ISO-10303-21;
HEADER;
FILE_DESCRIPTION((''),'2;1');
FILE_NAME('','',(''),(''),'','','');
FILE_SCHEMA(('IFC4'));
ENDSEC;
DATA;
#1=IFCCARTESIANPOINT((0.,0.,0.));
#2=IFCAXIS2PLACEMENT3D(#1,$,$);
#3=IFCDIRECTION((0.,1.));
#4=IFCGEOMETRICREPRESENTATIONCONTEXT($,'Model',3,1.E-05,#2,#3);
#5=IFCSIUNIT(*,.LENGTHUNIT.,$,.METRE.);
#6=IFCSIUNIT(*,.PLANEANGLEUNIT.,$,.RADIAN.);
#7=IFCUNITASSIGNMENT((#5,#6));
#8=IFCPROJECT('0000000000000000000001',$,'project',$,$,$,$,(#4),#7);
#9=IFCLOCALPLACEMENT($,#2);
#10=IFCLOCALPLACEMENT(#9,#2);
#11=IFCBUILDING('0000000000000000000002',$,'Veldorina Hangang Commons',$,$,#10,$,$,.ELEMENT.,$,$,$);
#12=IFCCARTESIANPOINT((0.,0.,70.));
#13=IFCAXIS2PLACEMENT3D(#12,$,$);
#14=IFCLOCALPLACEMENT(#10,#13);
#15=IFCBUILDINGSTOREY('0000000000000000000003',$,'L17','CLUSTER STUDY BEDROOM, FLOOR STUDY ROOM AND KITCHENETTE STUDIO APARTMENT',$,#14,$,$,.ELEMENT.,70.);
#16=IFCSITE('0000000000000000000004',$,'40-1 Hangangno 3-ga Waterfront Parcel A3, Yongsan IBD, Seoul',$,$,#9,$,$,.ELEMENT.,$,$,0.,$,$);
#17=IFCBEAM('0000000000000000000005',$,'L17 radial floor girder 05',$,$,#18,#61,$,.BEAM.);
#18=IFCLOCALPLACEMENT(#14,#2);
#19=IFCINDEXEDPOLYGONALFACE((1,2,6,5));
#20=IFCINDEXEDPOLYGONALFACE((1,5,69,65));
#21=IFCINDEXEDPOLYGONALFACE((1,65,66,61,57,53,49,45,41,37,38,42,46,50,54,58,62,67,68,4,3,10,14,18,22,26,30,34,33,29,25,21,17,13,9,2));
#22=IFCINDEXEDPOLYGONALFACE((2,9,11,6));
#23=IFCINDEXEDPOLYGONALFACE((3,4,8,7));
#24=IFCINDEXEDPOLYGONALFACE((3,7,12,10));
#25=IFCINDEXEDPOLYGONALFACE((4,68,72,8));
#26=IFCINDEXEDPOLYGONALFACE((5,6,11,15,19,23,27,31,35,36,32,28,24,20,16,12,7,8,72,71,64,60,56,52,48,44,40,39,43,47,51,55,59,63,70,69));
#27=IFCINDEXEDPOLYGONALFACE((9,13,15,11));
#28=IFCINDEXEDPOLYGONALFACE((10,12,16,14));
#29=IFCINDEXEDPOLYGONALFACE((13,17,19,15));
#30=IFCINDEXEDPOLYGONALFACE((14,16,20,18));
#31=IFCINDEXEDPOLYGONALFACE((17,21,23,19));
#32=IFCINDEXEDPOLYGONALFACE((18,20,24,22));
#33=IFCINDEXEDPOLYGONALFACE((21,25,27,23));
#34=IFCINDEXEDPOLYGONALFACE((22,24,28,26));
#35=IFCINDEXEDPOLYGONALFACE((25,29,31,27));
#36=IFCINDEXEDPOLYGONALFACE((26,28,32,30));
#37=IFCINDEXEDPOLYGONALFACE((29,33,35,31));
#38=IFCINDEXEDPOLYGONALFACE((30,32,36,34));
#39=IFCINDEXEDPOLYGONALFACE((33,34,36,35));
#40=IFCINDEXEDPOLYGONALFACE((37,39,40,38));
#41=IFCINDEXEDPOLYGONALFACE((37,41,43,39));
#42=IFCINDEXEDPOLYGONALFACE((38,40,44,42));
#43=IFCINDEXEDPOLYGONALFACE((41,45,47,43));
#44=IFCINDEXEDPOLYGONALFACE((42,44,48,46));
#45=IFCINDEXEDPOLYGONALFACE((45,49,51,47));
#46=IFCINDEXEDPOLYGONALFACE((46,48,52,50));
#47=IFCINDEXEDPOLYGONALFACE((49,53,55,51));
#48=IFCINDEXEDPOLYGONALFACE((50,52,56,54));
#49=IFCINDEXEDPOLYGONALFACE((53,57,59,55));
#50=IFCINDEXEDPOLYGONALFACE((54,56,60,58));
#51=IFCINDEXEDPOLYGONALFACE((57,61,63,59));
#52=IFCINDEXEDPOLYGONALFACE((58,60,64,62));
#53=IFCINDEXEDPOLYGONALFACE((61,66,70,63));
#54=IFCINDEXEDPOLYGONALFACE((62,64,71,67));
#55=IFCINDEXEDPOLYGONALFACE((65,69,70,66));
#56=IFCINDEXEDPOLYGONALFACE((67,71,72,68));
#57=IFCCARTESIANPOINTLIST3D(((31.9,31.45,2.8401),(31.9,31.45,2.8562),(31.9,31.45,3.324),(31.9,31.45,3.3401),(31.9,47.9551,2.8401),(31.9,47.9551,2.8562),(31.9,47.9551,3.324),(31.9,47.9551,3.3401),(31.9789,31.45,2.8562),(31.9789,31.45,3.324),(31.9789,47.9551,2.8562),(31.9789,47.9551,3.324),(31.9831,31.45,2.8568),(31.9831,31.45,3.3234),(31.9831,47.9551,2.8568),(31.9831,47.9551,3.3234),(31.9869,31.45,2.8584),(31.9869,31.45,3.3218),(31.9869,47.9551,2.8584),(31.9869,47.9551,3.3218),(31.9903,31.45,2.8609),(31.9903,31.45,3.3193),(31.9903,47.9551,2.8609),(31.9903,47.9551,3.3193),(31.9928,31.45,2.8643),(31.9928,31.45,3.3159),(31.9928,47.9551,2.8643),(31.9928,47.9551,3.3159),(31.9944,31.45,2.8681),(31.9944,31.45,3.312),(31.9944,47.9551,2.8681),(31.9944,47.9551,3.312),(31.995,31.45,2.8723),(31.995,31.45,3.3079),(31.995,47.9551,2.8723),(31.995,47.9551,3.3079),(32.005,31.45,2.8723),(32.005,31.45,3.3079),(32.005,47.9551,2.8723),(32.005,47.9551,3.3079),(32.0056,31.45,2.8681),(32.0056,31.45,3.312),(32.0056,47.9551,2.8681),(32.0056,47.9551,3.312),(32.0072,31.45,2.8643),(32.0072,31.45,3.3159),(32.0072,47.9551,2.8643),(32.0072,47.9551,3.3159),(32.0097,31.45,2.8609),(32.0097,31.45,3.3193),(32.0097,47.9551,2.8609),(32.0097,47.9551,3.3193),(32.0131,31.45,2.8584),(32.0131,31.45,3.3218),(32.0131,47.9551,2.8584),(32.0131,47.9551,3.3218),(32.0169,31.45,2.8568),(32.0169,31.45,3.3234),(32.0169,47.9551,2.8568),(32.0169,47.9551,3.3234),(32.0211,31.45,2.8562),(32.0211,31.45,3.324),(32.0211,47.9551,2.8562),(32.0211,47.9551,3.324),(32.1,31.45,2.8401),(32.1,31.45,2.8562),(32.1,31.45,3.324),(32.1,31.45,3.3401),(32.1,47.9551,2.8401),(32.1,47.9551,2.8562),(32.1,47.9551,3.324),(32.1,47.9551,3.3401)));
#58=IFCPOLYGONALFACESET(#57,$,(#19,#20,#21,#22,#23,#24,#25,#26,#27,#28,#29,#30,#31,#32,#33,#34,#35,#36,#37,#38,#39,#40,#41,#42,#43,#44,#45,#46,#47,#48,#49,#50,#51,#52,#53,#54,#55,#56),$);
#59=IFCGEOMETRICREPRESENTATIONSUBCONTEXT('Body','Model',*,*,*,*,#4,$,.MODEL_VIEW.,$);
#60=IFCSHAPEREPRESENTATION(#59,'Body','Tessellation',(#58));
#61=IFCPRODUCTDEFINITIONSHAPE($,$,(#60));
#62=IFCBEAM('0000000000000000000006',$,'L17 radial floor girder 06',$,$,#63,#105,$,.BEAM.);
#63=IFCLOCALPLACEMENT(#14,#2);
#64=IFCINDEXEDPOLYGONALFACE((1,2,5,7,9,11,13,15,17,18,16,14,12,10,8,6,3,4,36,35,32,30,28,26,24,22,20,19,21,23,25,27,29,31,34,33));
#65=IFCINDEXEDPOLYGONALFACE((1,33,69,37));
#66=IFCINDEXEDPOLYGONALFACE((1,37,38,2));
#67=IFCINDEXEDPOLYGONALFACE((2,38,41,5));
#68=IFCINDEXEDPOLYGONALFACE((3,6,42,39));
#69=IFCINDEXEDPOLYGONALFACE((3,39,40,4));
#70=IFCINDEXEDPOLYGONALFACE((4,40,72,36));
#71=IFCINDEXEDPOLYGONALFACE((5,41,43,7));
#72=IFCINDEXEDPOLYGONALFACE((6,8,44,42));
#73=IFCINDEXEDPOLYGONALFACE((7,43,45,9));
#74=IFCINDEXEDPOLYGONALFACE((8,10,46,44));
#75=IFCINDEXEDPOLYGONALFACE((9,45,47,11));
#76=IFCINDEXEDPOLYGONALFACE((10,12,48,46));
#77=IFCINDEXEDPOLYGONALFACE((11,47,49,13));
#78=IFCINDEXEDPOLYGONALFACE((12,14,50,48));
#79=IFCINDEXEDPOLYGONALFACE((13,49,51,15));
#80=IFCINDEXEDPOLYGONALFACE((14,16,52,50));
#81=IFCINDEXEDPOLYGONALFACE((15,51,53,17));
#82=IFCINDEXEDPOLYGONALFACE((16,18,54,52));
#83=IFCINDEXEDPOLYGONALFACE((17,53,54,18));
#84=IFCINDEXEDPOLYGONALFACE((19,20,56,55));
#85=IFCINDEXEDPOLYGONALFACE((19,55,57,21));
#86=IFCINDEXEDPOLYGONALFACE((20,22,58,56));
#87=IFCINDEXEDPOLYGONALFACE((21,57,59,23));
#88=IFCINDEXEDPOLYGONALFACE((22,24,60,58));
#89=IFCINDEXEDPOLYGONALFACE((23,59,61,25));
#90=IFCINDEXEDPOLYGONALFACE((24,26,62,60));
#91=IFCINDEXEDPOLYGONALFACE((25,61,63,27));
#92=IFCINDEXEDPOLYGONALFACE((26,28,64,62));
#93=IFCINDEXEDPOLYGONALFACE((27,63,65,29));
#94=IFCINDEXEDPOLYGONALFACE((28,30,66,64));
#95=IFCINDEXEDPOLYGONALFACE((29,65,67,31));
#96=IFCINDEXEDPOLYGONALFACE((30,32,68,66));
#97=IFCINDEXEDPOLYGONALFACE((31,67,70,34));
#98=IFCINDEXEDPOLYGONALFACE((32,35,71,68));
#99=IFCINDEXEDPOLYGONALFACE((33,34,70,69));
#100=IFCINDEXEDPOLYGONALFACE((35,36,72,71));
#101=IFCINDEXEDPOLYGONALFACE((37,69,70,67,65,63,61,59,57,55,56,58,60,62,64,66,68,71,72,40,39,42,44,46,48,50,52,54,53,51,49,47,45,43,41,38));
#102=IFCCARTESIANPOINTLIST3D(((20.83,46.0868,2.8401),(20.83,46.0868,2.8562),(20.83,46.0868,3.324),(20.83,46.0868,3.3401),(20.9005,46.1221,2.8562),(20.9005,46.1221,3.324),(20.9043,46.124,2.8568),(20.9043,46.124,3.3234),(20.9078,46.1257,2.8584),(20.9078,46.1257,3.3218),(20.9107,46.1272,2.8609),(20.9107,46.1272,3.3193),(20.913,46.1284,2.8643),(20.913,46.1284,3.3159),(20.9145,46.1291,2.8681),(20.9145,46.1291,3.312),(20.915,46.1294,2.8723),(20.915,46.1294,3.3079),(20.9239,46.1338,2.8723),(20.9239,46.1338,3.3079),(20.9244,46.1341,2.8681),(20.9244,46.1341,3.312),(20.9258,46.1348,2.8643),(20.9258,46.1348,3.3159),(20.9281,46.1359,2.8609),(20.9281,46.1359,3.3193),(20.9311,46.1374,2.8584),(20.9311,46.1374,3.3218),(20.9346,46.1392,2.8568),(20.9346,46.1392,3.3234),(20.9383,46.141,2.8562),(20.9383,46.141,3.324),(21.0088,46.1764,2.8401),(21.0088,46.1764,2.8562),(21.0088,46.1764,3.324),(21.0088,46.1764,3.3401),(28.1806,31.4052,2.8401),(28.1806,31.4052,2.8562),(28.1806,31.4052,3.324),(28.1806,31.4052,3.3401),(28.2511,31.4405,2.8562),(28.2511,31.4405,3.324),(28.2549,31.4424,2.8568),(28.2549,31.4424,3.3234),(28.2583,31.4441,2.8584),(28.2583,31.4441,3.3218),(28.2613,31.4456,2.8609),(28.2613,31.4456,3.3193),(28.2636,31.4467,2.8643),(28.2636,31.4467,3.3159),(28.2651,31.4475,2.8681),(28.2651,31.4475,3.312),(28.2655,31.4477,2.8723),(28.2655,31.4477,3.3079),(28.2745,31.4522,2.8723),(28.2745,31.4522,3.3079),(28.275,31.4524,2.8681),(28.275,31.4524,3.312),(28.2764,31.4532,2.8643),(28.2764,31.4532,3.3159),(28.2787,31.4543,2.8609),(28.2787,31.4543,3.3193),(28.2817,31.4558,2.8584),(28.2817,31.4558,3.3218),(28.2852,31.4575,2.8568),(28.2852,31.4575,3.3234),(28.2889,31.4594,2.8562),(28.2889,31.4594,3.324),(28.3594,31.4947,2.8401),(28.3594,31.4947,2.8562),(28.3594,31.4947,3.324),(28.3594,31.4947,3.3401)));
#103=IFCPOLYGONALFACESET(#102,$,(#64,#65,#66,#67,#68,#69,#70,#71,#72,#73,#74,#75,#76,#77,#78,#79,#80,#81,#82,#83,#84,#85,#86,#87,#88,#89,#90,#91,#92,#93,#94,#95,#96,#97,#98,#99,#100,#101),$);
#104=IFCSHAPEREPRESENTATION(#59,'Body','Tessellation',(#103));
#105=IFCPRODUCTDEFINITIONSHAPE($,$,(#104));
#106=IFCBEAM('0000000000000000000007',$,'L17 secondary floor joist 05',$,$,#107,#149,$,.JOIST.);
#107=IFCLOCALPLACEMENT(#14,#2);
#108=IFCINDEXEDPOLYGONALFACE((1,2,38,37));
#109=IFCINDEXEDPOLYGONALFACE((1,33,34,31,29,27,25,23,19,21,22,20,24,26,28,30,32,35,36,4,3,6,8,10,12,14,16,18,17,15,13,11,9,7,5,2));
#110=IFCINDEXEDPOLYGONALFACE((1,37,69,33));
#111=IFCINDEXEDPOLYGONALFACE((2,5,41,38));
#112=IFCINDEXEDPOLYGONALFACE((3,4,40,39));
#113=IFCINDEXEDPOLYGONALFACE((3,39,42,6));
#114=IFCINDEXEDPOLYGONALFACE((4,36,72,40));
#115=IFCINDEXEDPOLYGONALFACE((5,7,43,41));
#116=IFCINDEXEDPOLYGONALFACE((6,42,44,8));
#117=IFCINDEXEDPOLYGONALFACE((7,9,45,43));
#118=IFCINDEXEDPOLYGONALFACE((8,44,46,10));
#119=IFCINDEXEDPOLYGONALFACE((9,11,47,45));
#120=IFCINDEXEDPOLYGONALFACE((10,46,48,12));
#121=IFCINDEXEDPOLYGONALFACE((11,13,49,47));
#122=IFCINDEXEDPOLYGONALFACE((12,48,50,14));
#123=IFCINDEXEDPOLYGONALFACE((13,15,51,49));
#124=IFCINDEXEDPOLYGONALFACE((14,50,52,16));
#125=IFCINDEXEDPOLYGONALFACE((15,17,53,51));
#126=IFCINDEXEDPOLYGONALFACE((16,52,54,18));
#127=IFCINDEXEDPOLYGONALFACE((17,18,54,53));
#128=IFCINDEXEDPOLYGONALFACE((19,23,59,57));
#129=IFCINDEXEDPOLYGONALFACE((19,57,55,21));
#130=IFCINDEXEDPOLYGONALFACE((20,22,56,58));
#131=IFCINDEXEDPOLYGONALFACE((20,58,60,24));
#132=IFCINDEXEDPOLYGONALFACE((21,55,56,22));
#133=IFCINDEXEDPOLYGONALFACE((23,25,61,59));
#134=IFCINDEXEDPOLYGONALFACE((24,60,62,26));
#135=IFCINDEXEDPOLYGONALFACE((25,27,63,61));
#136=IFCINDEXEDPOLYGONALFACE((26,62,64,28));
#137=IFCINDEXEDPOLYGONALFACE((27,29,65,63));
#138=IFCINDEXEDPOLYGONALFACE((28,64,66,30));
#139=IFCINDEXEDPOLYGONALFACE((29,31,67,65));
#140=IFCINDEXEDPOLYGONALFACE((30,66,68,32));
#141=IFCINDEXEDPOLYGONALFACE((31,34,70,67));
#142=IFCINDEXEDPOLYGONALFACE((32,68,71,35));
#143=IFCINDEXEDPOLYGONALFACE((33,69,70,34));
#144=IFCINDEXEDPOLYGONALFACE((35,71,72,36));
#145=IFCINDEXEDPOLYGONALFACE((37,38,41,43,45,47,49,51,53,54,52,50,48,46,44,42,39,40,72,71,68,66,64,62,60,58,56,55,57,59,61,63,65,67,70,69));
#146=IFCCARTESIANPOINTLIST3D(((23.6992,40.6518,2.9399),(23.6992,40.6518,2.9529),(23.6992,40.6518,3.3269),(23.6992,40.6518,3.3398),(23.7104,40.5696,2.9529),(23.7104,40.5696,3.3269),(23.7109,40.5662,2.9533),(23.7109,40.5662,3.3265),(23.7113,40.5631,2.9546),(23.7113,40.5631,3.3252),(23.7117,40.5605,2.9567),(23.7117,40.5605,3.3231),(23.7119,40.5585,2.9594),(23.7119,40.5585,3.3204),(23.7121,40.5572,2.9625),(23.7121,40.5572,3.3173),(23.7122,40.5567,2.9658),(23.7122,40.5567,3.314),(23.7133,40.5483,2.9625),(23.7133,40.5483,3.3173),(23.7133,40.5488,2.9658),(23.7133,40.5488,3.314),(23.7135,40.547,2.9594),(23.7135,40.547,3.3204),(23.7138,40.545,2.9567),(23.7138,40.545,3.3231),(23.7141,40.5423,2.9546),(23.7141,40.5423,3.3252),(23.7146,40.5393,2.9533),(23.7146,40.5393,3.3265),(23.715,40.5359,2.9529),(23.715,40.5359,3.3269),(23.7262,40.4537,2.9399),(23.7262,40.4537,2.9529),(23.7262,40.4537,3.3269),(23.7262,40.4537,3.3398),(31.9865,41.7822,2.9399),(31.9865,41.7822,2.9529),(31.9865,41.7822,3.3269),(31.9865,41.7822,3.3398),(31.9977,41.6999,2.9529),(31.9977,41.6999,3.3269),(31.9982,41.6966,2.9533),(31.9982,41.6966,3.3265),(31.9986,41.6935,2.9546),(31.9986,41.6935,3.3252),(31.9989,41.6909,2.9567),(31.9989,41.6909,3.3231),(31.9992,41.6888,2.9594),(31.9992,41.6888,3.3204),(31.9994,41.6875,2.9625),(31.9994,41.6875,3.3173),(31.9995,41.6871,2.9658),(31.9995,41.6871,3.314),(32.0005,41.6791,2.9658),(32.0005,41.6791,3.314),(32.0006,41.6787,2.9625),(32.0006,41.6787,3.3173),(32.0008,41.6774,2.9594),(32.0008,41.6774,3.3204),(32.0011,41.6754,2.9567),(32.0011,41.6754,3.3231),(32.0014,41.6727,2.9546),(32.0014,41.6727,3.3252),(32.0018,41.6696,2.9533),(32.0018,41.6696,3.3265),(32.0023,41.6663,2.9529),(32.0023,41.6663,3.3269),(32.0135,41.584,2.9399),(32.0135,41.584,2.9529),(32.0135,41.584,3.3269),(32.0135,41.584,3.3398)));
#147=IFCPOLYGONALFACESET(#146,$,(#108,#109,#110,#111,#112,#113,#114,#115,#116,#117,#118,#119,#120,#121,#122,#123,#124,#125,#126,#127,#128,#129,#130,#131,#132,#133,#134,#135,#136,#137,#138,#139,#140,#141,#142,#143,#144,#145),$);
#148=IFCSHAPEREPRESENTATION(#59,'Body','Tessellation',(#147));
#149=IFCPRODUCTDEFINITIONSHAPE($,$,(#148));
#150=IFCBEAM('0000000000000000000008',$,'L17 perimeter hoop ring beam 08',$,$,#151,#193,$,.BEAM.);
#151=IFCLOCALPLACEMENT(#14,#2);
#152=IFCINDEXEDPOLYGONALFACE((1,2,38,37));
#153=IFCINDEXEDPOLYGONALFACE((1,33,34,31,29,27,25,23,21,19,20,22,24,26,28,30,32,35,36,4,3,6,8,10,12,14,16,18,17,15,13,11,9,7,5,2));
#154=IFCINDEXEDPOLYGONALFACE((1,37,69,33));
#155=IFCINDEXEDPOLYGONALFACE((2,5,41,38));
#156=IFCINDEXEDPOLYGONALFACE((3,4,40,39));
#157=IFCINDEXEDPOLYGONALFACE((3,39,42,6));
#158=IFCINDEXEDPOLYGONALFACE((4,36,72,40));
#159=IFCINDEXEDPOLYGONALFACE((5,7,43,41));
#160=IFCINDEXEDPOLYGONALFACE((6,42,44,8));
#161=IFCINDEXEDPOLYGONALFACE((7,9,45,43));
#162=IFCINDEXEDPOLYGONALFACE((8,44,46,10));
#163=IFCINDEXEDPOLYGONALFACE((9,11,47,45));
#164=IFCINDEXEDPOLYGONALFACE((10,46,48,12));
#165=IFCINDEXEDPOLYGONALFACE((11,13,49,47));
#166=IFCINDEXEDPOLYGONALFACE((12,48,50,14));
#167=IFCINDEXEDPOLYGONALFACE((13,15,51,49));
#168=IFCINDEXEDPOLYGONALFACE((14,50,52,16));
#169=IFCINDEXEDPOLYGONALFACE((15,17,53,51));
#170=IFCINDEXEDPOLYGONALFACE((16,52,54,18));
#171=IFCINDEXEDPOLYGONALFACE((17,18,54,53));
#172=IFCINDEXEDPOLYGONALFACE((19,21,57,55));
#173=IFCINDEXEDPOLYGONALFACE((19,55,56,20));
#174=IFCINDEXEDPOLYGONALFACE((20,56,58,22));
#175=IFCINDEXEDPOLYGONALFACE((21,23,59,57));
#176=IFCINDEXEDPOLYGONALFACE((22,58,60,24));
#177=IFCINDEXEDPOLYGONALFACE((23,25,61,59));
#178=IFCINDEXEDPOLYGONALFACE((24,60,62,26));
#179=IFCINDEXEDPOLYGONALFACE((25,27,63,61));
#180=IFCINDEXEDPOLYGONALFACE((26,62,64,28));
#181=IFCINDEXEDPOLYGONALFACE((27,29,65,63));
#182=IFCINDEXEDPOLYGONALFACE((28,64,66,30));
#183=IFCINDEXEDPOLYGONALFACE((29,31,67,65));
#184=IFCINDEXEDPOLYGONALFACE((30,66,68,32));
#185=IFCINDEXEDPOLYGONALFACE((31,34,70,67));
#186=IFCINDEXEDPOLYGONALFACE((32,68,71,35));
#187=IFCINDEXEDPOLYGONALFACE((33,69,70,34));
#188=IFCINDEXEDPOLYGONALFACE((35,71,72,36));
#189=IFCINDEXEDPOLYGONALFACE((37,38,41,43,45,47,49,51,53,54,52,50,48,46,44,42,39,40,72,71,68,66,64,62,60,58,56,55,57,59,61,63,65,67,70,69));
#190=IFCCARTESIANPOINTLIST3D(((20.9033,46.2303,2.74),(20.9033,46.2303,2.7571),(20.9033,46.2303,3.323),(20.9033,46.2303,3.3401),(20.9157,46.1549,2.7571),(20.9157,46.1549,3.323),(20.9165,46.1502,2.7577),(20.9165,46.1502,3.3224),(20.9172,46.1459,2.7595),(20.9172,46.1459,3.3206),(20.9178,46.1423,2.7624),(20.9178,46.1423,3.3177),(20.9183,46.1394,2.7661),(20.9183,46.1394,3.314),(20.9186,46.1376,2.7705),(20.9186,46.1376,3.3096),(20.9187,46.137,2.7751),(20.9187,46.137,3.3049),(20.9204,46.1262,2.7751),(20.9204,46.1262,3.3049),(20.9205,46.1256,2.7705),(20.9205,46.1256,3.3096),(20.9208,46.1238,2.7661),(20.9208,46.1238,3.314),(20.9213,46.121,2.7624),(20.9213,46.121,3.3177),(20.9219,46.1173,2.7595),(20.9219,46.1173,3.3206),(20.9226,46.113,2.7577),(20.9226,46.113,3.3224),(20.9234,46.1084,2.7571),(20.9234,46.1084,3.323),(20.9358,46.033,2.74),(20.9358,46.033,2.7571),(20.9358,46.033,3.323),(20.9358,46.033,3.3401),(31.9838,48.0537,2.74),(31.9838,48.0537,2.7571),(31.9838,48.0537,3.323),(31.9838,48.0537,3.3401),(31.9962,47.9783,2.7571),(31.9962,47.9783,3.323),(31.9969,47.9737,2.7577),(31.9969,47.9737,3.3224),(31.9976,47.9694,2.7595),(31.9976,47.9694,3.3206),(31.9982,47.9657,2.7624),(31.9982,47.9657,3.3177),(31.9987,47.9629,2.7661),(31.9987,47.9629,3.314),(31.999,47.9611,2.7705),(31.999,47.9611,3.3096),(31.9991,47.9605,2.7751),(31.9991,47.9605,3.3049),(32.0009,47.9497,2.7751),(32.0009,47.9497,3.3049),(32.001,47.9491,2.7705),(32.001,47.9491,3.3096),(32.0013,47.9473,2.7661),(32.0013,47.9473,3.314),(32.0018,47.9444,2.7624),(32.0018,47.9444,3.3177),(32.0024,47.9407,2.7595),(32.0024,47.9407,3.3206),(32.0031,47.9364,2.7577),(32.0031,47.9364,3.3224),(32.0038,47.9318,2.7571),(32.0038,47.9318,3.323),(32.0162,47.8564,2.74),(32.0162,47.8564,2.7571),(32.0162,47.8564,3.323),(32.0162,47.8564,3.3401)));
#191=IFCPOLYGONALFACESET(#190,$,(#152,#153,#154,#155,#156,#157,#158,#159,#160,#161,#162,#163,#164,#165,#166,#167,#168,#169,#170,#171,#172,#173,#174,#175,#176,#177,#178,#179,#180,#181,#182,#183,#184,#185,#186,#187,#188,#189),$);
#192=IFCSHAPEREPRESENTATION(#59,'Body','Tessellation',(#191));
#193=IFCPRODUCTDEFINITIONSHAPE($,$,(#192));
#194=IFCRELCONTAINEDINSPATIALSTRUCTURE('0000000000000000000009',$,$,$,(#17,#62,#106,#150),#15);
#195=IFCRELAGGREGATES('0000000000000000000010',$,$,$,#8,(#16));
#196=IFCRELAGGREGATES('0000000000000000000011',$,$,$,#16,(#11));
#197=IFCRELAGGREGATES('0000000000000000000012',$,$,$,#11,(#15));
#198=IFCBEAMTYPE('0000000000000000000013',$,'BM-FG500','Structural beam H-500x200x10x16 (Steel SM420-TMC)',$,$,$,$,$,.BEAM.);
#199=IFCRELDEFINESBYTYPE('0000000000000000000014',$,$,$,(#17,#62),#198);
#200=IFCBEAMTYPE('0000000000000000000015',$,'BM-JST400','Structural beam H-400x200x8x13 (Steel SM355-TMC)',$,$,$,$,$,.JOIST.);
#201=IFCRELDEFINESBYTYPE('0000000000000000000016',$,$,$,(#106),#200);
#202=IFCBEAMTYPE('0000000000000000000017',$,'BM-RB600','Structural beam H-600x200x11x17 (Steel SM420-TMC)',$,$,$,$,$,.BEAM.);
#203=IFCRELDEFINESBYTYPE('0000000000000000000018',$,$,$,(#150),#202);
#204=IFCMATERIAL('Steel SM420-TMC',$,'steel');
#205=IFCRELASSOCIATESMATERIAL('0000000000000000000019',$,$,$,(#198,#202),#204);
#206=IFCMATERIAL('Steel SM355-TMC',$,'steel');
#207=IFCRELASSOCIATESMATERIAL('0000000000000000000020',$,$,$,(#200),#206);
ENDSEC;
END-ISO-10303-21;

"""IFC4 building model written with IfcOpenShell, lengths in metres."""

from ifc_helpers import new_model, si_unit, direction, frame, origin, origin_2d, place, context, subcontext, project, spatial, i_section, extrude, material, material_profile, profile_set, type_object, element, save


model = new_model("IFC4")

# Units and contexts
model_context = context("Model", 3, precision=1e-05, world=origin(), true_north=direction((0.0, 1.0)))
body_context = subcontext(model_context, "Body", "Model", "MODEL_VIEW")
ifc_project = project(units=[si_unit("LENGTHUNIT", "METRE"), si_unit("PLANEANGLEUNIT", "RADIAN")], contexts=[model_context])

# Site, building, storey
site_placement = place(None, origin())
site = spatial("IfcSite", under=ifc_project, at=site_placement, Name="40-1 Hangangno 3-ga Waterfront Parcel A3, Yongsan IBD, Seoul", CompositionType="ELEMENT", RefElevation=0.0)
building_placement = place(site_placement, origin())
building = spatial("IfcBuilding", under=site, at=building_placement, Name="Veldorina Hangang Commons", CompositionType="ELEMENT")
storey_placement = place(building_placement, frame((0.0, 0.0, 70.0)))
storey = spatial("IfcBuildingStorey", under=building, at=storey_placement, Name="L17", Description="CLUSTER STUDY BEDROOM, FLOOR STUDY ROOM AND KITCHENETTE STUDIO APARTMENT", CompositionType="ELEMENT", Elevation=70.0)

# Beams
ifc_material_1 = material(Name="Steel SM420-TMC", Category="steel")
ifc_material_profile_1 = material_profile(ifc_material_1, i_section(OverallWidth=0.2, OverallDepth=0.5, WebThickness=0.01, FlangeThickness=0.0161, FilletRadius=0.0161, at=origin_2d()), Name="H-500x200x10x16")
ifc_profile_set_1 = profile_set([ifc_material_profile_1], Name="Steel SM420-TMC")
beam_type_1 = type_object("IfcBeamType", Name="BM-FG500", Description="Structural beam H-500x200x10x16 (Steel SM420-TMC)", PredefinedType="BEAM", material=ifc_profile_set_1)
beam_1_placement = place(storey_placement, frame((32.0, 31.45, 3.0901), z_axis=(0.0, 1.0, 0.0), x_axis=(-1.0, 0.0, 0.0)))
element("IfcBeam", 1, at=beam_1_placement, inside=storey, type_object=beam_type_1, Name="L17 radial floor girder 05", PredefinedType="BEAM", context=body_context, shape_type="SweptSolid", body=[
    extrude(i_section(OverallWidth=0.2, OverallDepth=0.5, WebThickness=0.01, FlangeThickness=0.0161, FilletRadius=0.0161, at=origin_2d()), origin(), (0.0, 0.0, 1.0), 16.5051),
])
beam_2_placement = place(storey_placement, frame((28.27, 31.45, 3.0901), z_axis=(-0.447689, 0.894189, 0.0), x_axis=(-0.894189, -0.447689, 0.0)))
element("IfcBeam", 2, at=beam_2_placement, inside=storey, type_object=beam_type_1, Name="L17 radial floor girder 06", PredefinedType="BEAM", context=body_context, shape_type="SweptSolid", body=[
    extrude(i_section(OverallWidth=0.2, OverallDepth=0.5, WebThickness=0.01, FlangeThickness=0.0161, FilletRadius=0.0161, at=origin_2d()), origin(), (0.0, 0.0, 1.0), 16.4189),
])
ifc_material_2 = material(Name="Steel SM355-TMC", Category="steel")
ifc_material_profile_2 = material_profile(ifc_material_2, i_section(OverallWidth=0.2, OverallDepth=0.3999, WebThickness=0.0081, FlangeThickness=0.0129, FilletRadius=0.0129, at=origin_2d()), Name="H-400x200x8x13")
ifc_profile_set_2 = profile_set([ifc_material_profile_2], Name="Steel SM355-TMC")
beam_type_2 = type_object("IfcBeamType", Name="BM-JST400", Description="Structural beam H-400x200x8x13 (Steel SM355-TMC)", PredefinedType="JOIST", material=ifc_profile_set_2)
beam_3_placement = place(storey_placement, frame((32.0, 41.6831, 3.1399), z_axis=(-0.990826, -0.135146, 0.0), x_axis=(0.135146, -0.990826, 0.0)))
element("IfcBeam", 3, at=beam_3_placement, inside=storey, type_object=beam_type_2, Name="L17 secondary floor joist 05", PredefinedType="JOIST", context=body_context, shape_type="SweptSolid", body=[
    extrude(i_section(OverallWidth=0.2, OverallDepth=0.3999, WebThickness=0.0081, FlangeThickness=0.0129, FilletRadius=0.0129, at=origin_2d()), origin(), (0.0, 0.0, 1.0), 8.364),
])
ifc_material_profile_3 = material_profile(ifc_material_1, i_section(OverallWidth=0.2, OverallDepth=0.6001, WebThickness=0.011, FlangeThickness=0.0171, FilletRadius=0.0181, at=origin_2d()), Name="H-600x200x11x17")
ifc_profile_set_3 = profile_set([ifc_material_profile_3], Name="Steel SM420-TMC")
beam_type_3 = type_object("IfcBeamType", Name="BM-RB600", Description="Structural beam H-600x200x11x17 (Steel SM420-TMC)", PredefinedType="BEAM", material=ifc_profile_set_3)
beam_4_placement = place(storey_placement, frame((32.0, 47.9551, 3.04), z_axis=(-0.986728, -0.162382, 0.0), x_axis=(0.162382, -0.986728, 0.0)))
element("IfcBeam", 4, at=beam_4_placement, inside=storey, type_object=beam_type_3, Name="L17 perimeter hoop ring beam 08", PredefinedType="BEAM", context=body_context, shape_type="SweptSolid", body=[
    extrude(i_section(OverallWidth=0.2, OverallDepth=0.6001, WebThickness=0.011, FlangeThickness=0.0171, FilletRadius=0.0181, at=origin_2d()), origin(), (0.0, 0.0, 1.0), 11.2295),
])

save(model, "model.ifc")
